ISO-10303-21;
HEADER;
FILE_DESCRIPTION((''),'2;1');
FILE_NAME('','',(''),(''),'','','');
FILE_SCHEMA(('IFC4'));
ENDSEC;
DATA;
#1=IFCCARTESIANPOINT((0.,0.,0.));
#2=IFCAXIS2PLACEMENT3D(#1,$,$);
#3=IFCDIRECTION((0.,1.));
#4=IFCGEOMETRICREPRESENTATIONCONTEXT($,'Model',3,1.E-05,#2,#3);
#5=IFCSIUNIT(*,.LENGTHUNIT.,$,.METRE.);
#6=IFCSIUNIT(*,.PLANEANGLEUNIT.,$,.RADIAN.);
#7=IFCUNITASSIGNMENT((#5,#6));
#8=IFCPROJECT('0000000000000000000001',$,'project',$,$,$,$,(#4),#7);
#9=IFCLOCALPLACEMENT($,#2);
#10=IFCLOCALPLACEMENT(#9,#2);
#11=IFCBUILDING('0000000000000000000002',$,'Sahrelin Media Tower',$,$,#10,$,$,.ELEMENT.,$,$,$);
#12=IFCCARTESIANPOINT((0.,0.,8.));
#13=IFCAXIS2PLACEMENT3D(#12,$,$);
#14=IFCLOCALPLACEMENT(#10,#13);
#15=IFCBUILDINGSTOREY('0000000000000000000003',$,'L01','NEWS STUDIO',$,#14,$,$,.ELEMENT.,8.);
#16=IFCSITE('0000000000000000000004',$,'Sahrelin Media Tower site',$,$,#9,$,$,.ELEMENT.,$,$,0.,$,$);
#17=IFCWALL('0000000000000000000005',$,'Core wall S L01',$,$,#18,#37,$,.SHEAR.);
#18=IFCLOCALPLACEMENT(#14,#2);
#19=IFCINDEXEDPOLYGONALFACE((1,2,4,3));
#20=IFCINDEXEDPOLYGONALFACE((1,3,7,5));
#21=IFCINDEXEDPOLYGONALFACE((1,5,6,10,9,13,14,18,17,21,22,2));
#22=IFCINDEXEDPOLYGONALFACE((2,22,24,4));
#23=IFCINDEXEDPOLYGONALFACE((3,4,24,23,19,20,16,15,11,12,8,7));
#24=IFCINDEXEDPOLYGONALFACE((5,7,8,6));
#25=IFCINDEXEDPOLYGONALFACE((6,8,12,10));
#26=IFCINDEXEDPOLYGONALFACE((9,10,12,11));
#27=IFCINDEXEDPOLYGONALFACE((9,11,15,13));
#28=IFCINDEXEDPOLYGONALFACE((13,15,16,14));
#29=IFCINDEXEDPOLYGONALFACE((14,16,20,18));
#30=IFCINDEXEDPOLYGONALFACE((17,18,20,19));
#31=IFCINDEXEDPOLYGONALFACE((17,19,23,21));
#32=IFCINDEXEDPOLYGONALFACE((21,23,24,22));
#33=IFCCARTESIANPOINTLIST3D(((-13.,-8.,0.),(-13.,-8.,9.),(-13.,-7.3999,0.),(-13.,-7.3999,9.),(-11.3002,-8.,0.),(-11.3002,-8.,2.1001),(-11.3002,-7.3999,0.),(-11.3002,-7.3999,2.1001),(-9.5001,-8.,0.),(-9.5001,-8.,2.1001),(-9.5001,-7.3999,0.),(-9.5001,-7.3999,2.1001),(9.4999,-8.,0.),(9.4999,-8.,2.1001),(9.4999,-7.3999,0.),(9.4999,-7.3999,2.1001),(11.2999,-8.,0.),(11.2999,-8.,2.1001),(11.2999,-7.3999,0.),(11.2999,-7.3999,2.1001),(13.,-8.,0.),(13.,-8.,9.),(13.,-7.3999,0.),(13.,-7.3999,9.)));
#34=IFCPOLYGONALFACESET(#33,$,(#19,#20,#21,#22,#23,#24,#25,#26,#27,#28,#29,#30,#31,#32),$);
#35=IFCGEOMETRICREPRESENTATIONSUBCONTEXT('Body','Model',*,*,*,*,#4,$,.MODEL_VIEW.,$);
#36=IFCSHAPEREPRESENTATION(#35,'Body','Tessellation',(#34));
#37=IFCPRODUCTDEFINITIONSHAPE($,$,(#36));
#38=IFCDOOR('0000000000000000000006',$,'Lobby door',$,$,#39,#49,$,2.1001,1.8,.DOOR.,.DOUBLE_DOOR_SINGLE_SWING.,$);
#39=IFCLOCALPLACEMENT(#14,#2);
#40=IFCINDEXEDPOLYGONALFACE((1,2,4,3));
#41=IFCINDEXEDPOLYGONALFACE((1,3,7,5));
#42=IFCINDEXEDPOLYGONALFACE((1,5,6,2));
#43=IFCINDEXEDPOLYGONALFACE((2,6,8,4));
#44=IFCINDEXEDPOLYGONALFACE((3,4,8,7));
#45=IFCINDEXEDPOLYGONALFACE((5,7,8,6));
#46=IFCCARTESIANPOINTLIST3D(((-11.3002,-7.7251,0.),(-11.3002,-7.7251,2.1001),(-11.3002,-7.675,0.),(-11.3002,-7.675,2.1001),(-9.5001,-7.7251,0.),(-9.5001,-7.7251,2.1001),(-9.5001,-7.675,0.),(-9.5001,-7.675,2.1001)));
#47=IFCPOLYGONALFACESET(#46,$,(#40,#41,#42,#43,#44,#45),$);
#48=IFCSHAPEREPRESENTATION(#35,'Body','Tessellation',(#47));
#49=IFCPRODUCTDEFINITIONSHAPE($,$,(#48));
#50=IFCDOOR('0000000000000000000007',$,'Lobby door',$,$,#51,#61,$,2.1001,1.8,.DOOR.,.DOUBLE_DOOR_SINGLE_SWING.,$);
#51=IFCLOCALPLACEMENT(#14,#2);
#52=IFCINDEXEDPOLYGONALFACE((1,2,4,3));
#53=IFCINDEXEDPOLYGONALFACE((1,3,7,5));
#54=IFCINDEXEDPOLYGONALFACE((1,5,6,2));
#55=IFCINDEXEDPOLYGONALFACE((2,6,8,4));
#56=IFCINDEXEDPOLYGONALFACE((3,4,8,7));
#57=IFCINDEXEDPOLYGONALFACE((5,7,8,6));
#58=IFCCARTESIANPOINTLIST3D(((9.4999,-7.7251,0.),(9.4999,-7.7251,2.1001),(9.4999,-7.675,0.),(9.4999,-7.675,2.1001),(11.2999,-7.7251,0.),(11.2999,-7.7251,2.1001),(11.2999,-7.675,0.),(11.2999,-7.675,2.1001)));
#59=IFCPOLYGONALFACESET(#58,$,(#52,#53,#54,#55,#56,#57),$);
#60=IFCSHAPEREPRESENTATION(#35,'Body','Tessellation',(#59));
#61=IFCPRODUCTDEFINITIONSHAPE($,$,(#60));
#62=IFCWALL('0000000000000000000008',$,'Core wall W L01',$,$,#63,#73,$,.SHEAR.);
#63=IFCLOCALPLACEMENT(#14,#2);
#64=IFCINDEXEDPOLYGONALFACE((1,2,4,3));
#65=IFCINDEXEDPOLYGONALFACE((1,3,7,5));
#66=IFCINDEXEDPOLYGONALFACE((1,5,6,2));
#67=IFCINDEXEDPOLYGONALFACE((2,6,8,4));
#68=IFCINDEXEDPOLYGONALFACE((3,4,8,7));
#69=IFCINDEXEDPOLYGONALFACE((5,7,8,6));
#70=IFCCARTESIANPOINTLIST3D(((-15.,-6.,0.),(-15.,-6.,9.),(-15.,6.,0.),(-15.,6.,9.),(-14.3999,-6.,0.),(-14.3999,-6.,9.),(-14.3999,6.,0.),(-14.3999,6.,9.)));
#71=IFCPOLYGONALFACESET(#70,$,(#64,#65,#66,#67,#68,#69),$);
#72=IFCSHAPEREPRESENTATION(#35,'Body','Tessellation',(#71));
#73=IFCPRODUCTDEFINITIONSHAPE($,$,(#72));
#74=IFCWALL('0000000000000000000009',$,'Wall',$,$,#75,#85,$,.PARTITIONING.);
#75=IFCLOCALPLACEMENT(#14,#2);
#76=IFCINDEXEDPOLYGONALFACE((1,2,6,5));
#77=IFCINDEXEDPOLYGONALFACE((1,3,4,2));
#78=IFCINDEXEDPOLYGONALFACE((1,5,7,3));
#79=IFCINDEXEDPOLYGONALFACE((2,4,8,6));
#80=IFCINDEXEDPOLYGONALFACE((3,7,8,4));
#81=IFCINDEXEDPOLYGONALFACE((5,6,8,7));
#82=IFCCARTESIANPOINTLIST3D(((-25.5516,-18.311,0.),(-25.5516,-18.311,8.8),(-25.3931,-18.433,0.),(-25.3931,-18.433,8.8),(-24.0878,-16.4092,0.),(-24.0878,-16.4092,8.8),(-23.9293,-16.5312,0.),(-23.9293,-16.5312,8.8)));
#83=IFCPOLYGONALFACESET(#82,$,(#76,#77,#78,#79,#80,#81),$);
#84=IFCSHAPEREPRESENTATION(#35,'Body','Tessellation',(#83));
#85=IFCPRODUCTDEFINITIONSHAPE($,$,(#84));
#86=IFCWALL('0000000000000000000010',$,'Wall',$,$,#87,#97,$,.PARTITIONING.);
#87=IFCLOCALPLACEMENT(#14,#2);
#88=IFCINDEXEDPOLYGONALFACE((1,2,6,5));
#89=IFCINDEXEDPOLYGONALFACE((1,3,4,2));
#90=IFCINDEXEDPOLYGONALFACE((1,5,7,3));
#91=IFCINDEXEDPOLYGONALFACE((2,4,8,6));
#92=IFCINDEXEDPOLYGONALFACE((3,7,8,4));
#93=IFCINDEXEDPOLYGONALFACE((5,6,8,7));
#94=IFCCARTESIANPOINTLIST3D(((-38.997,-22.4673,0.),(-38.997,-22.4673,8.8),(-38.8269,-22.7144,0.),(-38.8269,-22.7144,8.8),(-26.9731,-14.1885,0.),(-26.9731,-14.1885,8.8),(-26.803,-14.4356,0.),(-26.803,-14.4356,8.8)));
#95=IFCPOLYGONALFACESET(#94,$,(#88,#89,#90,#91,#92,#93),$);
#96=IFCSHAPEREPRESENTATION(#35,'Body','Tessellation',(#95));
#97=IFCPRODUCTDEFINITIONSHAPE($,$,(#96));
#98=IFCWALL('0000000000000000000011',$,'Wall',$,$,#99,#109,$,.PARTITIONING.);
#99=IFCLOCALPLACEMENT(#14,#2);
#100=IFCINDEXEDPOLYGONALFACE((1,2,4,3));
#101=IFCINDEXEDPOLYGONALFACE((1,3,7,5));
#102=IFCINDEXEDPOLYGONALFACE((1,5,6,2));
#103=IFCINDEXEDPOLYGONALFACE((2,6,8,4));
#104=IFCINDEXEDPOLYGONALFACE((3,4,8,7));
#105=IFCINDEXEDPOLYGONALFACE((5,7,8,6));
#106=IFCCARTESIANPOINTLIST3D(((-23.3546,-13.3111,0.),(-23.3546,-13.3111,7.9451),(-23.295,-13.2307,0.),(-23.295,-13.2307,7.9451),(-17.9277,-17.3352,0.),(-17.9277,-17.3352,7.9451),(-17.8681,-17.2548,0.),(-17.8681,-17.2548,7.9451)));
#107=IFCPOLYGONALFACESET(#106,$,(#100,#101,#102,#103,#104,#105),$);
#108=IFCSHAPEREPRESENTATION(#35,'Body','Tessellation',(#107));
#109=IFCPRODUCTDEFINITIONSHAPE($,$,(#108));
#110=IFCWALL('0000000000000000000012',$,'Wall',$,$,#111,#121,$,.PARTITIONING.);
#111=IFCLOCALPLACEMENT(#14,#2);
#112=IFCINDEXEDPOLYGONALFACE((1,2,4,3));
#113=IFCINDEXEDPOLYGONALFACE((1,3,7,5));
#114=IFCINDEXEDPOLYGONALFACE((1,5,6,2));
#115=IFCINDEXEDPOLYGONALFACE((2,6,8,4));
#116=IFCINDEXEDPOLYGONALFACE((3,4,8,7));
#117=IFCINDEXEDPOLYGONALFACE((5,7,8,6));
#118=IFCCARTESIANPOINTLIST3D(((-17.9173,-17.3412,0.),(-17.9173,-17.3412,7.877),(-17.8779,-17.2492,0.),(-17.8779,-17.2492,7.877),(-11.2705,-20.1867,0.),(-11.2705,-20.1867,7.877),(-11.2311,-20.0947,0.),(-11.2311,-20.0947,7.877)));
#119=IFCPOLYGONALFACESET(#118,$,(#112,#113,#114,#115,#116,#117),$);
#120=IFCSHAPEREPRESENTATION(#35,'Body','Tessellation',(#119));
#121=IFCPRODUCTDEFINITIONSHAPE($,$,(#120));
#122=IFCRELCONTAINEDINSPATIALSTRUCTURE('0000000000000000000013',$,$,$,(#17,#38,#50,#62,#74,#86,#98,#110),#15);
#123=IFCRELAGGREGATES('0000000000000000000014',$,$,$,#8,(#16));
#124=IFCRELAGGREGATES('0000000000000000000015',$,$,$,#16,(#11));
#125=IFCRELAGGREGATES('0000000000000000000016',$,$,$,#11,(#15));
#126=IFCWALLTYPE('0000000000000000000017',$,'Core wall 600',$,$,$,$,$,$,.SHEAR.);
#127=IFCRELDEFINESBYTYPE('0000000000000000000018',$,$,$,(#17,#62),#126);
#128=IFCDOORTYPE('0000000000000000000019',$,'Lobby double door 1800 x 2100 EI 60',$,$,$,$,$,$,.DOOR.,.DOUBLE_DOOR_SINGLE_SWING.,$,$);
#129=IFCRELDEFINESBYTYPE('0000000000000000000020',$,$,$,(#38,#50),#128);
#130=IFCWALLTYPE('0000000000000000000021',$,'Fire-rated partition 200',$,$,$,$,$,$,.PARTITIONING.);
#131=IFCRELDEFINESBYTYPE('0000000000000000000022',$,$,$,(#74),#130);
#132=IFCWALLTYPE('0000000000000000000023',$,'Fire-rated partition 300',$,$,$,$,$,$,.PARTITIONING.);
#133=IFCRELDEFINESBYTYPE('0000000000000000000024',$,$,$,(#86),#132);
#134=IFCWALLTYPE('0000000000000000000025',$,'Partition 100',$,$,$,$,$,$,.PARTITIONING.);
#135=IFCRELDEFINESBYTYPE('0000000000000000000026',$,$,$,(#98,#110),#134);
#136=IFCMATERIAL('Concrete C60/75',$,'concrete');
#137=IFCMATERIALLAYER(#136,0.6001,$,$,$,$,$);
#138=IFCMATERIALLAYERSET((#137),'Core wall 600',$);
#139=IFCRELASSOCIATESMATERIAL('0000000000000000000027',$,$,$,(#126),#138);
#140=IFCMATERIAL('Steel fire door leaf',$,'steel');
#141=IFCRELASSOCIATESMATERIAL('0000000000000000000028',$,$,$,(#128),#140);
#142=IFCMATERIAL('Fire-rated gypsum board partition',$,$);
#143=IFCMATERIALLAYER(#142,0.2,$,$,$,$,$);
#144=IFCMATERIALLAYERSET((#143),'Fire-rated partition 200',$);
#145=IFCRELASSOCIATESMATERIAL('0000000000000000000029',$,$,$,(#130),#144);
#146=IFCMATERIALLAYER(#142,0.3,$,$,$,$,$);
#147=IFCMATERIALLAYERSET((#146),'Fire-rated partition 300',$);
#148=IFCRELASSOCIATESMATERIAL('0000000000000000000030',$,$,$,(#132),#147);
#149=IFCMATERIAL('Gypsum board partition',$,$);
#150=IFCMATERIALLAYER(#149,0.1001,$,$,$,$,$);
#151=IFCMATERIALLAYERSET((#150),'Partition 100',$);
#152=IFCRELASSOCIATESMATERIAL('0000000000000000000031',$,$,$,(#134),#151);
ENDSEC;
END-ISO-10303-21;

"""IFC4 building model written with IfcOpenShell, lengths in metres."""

from ifc_helpers import new_model, si_unit, direction, frame, frame_2d, origin, place, context, subcontext, project, spatial, rectangle, extrude, material, layer, layer_set, type_object, element, fill, save


model = new_model("IFC4")

# Units and contexts
model_context = context("Model", 3, precision=1e-05, world=origin(), true_north=direction((0.0, 1.0)))
body_context = subcontext(model_context, "Body", "Model", "MODEL_VIEW")
ifc_project = project(units=[si_unit("LENGTHUNIT", "METRE"), si_unit("PLANEANGLEUNIT", "RADIAN")], contexts=[model_context])

# Site, building, storey
site_placement = place(None, origin())
site = spatial("IfcSite", under=ifc_project, at=site_placement, Name="Sahrelin Media Tower site", CompositionType="ELEMENT", RefElevation=0.0)
building_placement = place(site_placement, origin())
building = spatial("IfcBuilding", under=site, at=building_placement, Name="Sahrelin Media Tower", CompositionType="ELEMENT")
storey_placement = place(building_placement, frame((0.0, 0.0, 8.0)))
storey = spatial("IfcBuildingStorey", under=building, at=storey_placement, Name="L01", Description="NEWS STUDIO", CompositionType="ELEMENT", Elevation=8.0)

# Wall, openings, doors
ifc_material_1 = material(Name="Concrete C60/75", Category="concrete")
ifc_layer_1 = layer(ifc_material_1, 0.6001)
ifc_layer_set_1 = layer_set([ifc_layer_1], Name="Core wall 600")
wall_type_1 = type_object("IfcWallType", Name="Core wall 600", PredefinedType="SHEAR", material=ifc_layer_set_1)
wall_1_placement = place(storey_placement, frame((-13.0, -7.7, 0.0), z_axis=(0.0, 0.0, 1.0), x_axis=(1.0, 0.0, 0.0)))
wall_1 = element("IfcWall", 1, at=wall_1_placement, inside=storey, type_object=wall_type_1, Name="Core wall S L01", PredefinedType="SHEAR", context=body_context, shape_type="SweptSolid", body=[
    extrude(rectangle(XDim=26.0, YDim=0.6001, at=frame_2d((13.0, 0.0))), origin(), (0.0, 0.0, 1.0), 9.0),
])
opening_1_placement = place(wall_1_placement, frame((1.7, 0.0, 0.0)))
opening_1 = element("IfcOpeningElement", 2, at=opening_1_placement, cuts=wall_1, PredefinedType="OPENING", context=body_context, shape_type="SweptSolid", body=[
    extrude(rectangle(XDim=1.8, YDim=2.1001, at=frame_2d((0.8999, 1.05))), frame((0.0, 0.3, 0.0), z_axis=(0.0, -1.0, 0.0), x_axis=(1.0, 0.0, 0.0)), (0.0, 0.0, 1.0), 0.6001),
])
opening_2_placement = place(wall_1_placement, frame((22.5, 0.0, 0.0)))
opening_2 = element("IfcOpeningElement", 3, at=opening_2_placement, cuts=wall_1, PredefinedType="OPENING", context=body_context, shape_type="SweptSolid", body=[
    extrude(rectangle(XDim=1.8, YDim=2.1001, at=frame_2d((0.8999, 1.05))), frame((0.0, 0.3, 0.0), z_axis=(0.0, -1.0, 0.0), x_axis=(1.0, 0.0, 0.0)), (0.0, 0.0, 1.0), 0.6001),
])
ifc_material_2 = material(Name="Steel fire door leaf", Category="steel")
door_type_1 = type_object("IfcDoorType", Name="Lobby double door 1800 x 2100 EI 60", OperationType="DOUBLE_DOOR_SINGLE_SWING", PredefinedType="DOOR", material=ifc_material_2)
door_1_placement = place(opening_1_placement, origin())
door_1 = element("IfcDoor", 4, at=door_1_placement, inside=storey, type_object=door_type_1, Name="Lobby door", OperationType="DOUBLE_DOOR_SINGLE_SWING", OverallHeight=2.1001, OverallWidth=1.8, PredefinedType="DOOR", context=body_context, shape_type="SweptSolid", body=[
    extrude(rectangle(XDim=1.8, YDim=2.1001, at=frame_2d((0.8999, 1.05))), frame((0.0, 0.0249, 0.0), z_axis=(0.0, -1.0, 0.0), x_axis=(1.0, 0.0, 0.0)), (0.0, 0.0, 1.0), 0.05),
])
fill(opening_1, door_1)
door_2_placement = place(opening_2_placement, origin())
door_2 = element("IfcDoor", 5, at=door_2_placement, inside=storey, type_object=door_type_1, Name="Lobby door", OperationType="DOUBLE_DOOR_SINGLE_SWING", OverallHeight=2.1001, OverallWidth=1.8, PredefinedType="DOOR", context=body_context, shape_type="SweptSolid", body=[
    extrude(rectangle(XDim=1.8, YDim=2.1001, at=frame_2d((0.8999, 1.05))), frame((0.0, 0.0249, 0.0), z_axis=(0.0, -1.0, 0.0), x_axis=(1.0, 0.0, 0.0)), (0.0, 0.0, 1.0), 0.05),
])
fill(opening_2, door_2)

# Walls
wall_2_placement = place(storey_placement, frame((-14.7, -6.0, 0.0), z_axis=(0.0, 0.0, 1.0), x_axis=(0.0, 1.0, 0.0)))
element("IfcWall", 6, at=wall_2_placement, inside=storey, type_object=wall_type_1, Name="Core wall W L01", PredefinedType="SHEAR", context=body_context, shape_type="SweptSolid", body=[
    extrude(rectangle(XDim=12.0, YDim=0.6001, at=frame_2d((6.0, 0.0))), origin(), (0.0, 0.0, 1.0), 9.0),
])
ifc_material_3 = material(Name="Fire-rated gypsum board partition")
ifc_layer_2 = layer(ifc_material_3, 0.2)
ifc_layer_set_2 = layer_set([ifc_layer_2], Name="Fire-rated partition 200")
wall_type_2 = type_object("IfcWallType", Name="Fire-rated partition 200", PredefinedType="PARTITIONING", material=ifc_layer_set_2)
wall_3_placement = place(storey_placement, frame((-24.0085, -16.4702, 0.0), z_axis=(0.0, 0.0, 1.0), x_axis=(-0.609947, -0.792442, 0.0)))
element("IfcWall", 7, at=wall_3_placement, inside=storey, type_object=wall_type_2, Name="Wall", PredefinedType="PARTITIONING", context=body_context, shape_type="SweptSolid", body=[
    extrude(rectangle(XDim=2.3999, YDim=0.2, at=frame_2d((1.2, 0.0))), origin(), (0.0, 0.0, 1.0), 8.8),
])
ifc_layer_3 = layer(ifc_material_3, 0.3)
ifc_layer_set_3 = layer_set([ifc_layer_3], Name="Fire-rated partition 300")
wall_type_3 = type_object("IfcWallType", Name="Fire-rated partition 300", PredefinedType="PARTITIONING", material=ifc_layer_set_3)
wall_4_placement = place(storey_placement, frame((-26.8879, -14.312, 0.0), z_axis=(0.0, 0.0, 1.0), x_axis=(-0.823646, -0.567104, 0.0)))
element("IfcWall", 8, at=wall_4_placement, inside=storey, type_object=wall_type_3, Name="Wall", PredefinedType="PARTITIONING", context=body_context, shape_type="SweptSolid", body=[
    extrude(rectangle(XDim=14.5984, YDim=0.3, at=frame_2d((7.2993, 0.0))), origin(), (0.0, 0.0, 1.0), 8.8),
])
ifc_material_4 = material(Name="Gypsum board partition")
ifc_layer_4 = layer(ifc_material_4, 0.1001)
ifc_layer_set_4 = layer_set([ifc_layer_4], Name="Partition 100")
wall_type_4 = type_object("IfcWallType", Name="Partition 100", PredefinedType="PARTITIONING", material=ifc_layer_set_4)
wall_5_placement = place(storey_placement, frame((-23.3247, -13.271, 0.0), z_axis=(0.0, 0.0, 1.0), x_axis=(0.803262, -0.595626, 0.0)))
element("IfcWall", 9, at=wall_5_placement, inside=storey, type_object=wall_type_4, Name="Wall", PredefinedType="PARTITIONING", context=body_context, shape_type="SweptSolid", body=[
    extrude(rectangle(XDim=6.7561, YDim=0.1001, at=frame_2d((3.3779, 0.0))), origin(), (0.0, 0.0, 1.0), 7.9451),
])
wall_6_placement = place(storey_placement, frame((-17.8977, -17.2952, 0.0), z_axis=(0.0, 0.0, 1.0), x_axis=(0.919302, -0.393552, 0.0)))
element("IfcWall", 10, at=wall_6_placement, inside=storey, type_object=wall_type_4, Name="Wall", PredefinedType="PARTITIONING", context=body_context, shape_type="SweptSolid", body=[
    extrude(rectangle(XDim=7.2302, YDim=0.1001, at=frame_2d((3.6152, 0.0))), origin(), (0.0, 0.0, 1.0), 7.877),
])

save(model, "model.ifc")
